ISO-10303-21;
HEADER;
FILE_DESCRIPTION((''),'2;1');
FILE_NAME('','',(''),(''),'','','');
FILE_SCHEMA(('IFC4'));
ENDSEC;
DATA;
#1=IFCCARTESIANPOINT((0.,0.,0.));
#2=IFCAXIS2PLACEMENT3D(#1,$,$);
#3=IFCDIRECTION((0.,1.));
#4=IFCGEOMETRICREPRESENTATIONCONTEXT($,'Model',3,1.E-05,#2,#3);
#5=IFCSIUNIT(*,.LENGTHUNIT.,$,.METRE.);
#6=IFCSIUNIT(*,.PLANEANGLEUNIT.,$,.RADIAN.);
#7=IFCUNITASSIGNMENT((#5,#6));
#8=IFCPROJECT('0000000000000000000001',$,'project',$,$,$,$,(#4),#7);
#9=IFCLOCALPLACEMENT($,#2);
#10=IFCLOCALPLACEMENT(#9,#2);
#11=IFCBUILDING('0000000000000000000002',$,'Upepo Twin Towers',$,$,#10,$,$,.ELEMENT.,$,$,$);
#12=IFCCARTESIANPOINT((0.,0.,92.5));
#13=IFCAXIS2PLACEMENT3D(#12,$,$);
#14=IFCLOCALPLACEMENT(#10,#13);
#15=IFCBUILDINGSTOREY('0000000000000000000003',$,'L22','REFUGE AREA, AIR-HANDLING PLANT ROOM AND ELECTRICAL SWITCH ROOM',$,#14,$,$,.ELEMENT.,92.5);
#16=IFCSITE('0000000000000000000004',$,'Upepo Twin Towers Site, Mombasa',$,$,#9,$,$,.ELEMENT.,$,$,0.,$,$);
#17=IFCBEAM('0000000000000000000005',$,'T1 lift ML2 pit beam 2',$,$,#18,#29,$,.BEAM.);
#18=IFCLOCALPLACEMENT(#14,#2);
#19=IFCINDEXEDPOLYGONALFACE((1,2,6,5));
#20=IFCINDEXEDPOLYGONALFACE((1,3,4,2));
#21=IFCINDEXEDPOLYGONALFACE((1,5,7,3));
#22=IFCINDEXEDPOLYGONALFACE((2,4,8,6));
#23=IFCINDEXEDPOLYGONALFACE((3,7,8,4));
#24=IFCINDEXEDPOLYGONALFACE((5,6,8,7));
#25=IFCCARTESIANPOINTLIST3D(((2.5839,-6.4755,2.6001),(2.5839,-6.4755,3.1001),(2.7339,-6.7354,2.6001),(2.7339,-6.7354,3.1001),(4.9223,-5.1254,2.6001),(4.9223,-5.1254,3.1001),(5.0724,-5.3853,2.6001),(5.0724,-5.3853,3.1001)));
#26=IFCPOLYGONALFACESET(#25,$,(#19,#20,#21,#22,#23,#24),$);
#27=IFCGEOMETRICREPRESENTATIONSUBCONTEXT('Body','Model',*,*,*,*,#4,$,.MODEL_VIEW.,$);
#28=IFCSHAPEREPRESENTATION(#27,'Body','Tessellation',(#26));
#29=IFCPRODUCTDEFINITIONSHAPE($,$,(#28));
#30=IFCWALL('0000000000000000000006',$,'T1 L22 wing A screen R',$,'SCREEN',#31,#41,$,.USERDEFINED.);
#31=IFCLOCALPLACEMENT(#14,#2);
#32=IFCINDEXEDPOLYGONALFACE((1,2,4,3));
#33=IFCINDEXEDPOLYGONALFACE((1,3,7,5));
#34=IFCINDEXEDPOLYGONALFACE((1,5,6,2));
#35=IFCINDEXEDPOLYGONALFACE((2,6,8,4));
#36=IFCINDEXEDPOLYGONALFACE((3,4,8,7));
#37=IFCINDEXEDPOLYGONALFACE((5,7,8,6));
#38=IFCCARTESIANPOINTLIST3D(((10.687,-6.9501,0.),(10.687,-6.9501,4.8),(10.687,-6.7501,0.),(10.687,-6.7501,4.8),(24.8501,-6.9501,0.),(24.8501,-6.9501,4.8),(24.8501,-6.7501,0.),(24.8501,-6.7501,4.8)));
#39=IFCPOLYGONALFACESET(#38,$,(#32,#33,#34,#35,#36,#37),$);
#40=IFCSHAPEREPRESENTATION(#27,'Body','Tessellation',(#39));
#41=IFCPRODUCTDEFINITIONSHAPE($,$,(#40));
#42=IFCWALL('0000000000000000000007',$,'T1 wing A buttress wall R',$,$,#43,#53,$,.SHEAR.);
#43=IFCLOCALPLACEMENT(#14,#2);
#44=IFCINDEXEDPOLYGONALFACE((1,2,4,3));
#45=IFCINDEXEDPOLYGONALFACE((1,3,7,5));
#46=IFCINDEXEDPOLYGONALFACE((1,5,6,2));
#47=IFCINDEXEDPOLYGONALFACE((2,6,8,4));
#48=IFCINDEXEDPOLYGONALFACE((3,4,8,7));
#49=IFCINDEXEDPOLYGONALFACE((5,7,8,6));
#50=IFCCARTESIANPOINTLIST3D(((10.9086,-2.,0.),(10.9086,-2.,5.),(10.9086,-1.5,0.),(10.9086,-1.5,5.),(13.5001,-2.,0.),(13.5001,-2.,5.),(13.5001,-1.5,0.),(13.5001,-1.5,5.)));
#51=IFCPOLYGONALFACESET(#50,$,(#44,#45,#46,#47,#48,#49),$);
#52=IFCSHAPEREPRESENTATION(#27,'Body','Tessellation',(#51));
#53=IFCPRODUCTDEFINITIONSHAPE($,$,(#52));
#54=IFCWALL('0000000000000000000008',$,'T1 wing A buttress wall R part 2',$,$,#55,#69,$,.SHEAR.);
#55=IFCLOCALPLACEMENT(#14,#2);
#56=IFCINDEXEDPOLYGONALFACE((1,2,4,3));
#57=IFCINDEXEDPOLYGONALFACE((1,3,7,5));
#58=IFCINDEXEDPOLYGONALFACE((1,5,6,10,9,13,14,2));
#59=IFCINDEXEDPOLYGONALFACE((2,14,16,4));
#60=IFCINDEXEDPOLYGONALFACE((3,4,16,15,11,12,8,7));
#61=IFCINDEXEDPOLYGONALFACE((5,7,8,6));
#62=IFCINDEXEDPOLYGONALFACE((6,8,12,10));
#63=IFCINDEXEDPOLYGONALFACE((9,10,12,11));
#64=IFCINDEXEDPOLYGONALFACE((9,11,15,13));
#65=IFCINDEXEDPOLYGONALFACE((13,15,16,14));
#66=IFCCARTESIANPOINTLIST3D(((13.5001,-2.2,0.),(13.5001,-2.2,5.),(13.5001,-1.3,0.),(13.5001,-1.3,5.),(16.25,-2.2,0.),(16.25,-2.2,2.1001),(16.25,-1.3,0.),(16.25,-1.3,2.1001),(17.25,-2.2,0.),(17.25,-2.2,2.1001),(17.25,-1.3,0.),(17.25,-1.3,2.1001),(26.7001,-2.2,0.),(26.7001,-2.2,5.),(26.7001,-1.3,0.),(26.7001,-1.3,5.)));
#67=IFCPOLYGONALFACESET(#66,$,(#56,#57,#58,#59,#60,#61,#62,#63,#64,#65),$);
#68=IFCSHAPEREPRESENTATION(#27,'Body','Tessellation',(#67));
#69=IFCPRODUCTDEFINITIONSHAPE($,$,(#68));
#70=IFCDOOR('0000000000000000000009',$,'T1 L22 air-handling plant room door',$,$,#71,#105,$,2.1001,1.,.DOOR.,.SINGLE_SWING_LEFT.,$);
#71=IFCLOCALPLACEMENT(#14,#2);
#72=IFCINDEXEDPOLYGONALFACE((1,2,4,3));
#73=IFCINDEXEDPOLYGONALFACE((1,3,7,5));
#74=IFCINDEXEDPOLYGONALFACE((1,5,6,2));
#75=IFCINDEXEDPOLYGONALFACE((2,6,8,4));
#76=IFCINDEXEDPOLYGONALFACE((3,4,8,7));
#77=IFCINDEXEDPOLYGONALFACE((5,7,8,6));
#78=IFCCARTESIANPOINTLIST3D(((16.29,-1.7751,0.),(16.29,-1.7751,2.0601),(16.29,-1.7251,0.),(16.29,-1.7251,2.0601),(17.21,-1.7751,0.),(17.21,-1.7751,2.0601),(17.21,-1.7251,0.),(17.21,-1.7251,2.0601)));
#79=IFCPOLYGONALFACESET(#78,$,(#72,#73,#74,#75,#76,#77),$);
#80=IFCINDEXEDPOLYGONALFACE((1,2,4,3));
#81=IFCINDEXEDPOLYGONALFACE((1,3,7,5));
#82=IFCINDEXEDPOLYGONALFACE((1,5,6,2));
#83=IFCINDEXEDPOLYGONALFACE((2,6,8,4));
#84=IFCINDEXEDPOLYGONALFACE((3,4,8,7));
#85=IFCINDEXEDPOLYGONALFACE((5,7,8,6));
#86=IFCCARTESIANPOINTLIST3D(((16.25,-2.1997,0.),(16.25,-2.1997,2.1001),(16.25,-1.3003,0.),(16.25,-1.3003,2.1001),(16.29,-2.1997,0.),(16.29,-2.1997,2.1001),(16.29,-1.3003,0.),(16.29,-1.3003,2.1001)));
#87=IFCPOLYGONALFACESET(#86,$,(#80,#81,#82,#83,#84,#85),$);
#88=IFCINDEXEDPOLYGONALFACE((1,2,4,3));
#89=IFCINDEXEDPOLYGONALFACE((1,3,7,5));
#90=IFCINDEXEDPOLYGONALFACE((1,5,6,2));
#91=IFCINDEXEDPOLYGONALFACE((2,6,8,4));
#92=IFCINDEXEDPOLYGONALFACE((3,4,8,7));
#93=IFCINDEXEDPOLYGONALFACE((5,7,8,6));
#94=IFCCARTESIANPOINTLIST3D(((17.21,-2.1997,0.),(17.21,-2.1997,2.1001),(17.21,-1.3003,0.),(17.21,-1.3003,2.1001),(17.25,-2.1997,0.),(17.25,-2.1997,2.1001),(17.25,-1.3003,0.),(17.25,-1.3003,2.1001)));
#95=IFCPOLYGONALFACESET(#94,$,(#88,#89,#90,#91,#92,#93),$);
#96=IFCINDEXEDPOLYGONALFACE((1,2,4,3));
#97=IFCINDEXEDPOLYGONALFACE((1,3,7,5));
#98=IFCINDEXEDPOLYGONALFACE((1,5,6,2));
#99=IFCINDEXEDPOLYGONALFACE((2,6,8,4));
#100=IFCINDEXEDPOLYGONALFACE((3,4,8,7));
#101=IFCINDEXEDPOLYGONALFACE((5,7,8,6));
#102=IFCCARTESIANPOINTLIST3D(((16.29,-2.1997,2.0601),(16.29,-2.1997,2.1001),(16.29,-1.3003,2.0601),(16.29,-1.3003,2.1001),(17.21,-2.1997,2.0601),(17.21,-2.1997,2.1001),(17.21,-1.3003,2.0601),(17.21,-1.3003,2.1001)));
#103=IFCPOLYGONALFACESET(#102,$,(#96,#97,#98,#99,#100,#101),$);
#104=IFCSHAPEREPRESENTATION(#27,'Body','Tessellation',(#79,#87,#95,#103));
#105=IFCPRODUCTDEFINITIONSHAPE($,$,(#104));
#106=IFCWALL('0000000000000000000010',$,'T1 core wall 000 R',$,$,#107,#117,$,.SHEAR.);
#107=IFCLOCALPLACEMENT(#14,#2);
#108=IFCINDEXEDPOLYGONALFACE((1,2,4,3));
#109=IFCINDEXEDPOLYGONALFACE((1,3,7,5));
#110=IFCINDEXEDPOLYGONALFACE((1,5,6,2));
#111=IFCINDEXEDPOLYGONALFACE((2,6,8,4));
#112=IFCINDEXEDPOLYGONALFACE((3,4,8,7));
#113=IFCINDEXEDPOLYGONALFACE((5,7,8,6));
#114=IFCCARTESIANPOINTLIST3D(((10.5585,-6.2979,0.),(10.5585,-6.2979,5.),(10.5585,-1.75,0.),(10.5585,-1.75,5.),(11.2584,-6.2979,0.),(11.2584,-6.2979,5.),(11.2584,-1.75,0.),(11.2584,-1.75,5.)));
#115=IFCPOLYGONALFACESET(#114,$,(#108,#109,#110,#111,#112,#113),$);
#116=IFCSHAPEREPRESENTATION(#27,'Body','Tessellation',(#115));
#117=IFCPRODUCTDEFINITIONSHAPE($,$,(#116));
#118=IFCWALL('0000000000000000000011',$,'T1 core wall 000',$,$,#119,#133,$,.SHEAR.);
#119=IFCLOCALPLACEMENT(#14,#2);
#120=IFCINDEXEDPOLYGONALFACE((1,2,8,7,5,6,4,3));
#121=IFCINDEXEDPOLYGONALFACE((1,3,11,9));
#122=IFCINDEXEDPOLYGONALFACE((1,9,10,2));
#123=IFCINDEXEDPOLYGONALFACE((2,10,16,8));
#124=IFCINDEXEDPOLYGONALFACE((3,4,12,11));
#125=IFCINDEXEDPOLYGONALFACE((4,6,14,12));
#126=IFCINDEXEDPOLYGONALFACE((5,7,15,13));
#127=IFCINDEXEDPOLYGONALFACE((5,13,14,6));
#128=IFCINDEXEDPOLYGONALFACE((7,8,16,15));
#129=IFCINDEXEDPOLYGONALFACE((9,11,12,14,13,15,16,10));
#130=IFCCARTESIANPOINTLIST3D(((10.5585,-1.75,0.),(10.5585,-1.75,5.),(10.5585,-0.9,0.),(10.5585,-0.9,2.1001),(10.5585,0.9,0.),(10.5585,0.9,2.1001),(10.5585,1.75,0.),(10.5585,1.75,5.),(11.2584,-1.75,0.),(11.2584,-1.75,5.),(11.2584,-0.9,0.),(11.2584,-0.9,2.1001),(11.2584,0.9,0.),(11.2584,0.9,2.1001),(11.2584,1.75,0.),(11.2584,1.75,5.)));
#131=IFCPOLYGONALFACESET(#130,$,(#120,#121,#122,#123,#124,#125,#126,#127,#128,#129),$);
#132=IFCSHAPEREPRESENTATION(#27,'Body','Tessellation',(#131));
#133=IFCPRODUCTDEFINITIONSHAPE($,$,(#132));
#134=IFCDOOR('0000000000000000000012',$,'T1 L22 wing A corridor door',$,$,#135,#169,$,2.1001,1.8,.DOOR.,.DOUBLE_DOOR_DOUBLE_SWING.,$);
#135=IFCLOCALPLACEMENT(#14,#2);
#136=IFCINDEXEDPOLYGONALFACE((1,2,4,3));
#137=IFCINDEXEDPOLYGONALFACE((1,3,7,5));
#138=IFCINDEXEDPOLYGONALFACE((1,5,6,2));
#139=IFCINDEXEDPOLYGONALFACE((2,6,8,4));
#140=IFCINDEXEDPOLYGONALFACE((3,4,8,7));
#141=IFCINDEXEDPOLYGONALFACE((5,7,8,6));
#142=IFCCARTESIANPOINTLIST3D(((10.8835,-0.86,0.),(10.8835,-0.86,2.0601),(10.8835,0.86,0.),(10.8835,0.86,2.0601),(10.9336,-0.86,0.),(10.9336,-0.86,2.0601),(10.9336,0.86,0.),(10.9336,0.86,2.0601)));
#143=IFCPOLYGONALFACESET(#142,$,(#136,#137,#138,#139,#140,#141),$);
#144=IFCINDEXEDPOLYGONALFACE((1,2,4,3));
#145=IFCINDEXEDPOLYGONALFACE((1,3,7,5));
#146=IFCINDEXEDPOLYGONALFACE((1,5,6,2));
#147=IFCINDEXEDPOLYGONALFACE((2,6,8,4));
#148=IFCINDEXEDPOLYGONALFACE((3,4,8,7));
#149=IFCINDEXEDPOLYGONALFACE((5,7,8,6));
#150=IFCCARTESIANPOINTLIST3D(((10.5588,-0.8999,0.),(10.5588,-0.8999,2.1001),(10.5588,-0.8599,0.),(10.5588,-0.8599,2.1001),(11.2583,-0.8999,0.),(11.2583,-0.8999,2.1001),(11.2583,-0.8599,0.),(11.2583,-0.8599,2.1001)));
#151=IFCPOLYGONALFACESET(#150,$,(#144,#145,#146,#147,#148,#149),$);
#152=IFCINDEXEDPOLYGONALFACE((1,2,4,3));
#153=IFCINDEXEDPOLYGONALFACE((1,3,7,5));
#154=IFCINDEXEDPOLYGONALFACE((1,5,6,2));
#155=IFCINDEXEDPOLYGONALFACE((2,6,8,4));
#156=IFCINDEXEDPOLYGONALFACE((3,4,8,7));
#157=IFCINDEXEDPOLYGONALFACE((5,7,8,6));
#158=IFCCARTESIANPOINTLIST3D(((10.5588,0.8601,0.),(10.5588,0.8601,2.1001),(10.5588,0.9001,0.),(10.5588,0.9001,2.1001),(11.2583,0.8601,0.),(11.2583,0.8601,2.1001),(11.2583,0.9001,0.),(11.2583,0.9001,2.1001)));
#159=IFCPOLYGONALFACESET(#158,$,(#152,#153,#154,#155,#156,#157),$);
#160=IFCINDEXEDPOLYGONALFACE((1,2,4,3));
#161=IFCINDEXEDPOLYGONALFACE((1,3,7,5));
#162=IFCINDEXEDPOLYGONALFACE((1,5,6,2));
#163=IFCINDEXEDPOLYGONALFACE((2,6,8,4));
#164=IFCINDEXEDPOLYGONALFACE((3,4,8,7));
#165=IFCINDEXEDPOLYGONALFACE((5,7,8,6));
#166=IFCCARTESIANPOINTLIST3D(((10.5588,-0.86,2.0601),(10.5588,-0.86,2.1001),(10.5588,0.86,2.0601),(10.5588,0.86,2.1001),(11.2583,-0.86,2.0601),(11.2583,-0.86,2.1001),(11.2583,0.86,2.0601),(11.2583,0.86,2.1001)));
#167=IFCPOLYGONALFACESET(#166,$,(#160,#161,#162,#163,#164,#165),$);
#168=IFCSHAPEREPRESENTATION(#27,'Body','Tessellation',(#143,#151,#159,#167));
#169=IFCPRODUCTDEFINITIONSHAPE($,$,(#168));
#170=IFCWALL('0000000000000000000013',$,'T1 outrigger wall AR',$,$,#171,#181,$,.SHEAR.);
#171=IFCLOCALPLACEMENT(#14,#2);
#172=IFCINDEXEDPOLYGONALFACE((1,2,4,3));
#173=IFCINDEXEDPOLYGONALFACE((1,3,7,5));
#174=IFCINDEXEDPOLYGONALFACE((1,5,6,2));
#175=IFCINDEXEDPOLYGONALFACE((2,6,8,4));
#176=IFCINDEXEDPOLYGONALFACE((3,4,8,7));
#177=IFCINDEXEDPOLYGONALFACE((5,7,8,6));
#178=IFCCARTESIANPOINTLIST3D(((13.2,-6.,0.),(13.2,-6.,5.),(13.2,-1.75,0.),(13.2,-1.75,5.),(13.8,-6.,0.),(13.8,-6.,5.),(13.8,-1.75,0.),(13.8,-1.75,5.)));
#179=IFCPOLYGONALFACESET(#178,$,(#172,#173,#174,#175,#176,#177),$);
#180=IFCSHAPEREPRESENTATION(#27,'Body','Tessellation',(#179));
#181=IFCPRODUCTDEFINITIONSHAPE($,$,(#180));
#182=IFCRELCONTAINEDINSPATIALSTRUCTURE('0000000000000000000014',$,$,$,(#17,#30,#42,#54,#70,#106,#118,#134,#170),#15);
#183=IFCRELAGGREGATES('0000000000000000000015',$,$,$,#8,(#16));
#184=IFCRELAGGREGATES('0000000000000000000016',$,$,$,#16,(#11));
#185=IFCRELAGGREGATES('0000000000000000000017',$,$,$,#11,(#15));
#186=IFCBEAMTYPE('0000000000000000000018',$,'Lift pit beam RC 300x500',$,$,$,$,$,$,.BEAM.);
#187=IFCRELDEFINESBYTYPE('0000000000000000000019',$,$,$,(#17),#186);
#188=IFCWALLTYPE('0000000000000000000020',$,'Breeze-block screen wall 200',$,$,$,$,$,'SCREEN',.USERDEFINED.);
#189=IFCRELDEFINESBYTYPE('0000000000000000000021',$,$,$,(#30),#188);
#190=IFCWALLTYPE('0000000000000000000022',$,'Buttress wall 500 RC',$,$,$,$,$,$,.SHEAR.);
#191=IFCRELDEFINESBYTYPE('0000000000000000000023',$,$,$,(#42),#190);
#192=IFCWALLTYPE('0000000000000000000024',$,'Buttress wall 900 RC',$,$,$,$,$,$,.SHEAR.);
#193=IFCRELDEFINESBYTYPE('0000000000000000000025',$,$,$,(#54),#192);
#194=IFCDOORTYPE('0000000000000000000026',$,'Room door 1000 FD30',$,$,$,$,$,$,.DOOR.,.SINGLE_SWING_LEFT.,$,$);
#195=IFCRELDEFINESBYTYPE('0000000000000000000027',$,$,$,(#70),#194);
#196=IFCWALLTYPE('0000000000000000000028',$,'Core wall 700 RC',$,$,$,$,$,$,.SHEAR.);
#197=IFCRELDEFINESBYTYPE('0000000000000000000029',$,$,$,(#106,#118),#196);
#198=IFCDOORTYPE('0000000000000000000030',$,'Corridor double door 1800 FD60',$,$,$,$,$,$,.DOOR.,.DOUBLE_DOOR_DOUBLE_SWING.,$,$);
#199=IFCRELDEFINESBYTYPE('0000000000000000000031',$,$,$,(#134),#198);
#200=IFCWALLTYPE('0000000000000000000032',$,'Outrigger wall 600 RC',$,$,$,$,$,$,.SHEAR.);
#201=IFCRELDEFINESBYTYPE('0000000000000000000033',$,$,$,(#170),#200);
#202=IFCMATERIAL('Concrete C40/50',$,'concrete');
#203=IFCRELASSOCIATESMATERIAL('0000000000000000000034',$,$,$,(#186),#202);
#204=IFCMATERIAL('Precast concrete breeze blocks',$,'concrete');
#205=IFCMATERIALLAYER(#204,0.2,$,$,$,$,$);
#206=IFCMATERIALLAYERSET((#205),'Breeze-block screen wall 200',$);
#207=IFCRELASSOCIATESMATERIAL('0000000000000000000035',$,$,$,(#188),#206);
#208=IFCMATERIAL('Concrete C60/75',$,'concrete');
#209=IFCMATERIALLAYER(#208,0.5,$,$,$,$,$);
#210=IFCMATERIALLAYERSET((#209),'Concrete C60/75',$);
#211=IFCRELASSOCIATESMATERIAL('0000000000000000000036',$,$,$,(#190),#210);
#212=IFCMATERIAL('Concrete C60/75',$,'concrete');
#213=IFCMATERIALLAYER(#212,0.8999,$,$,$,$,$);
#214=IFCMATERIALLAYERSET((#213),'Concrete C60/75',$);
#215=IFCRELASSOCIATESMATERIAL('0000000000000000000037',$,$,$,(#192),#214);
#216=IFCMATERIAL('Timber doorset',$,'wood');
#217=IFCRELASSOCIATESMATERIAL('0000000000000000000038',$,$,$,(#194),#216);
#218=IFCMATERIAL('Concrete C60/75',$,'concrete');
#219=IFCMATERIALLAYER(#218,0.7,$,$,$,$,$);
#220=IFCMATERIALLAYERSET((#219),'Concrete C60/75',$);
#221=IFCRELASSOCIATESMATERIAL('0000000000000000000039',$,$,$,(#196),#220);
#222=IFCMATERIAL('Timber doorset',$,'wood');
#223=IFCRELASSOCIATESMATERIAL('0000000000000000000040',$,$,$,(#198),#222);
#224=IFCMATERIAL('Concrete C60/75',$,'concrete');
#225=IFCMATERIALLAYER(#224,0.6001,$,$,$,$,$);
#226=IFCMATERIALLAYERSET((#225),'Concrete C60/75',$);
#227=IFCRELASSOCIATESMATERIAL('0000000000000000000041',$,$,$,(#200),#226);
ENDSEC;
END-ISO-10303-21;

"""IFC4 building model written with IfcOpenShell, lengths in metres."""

from ifc_helpers import new_model, si_unit, direction, frame, frame_2d, origin, origin_2d, place, context, subcontext, project, spatial, rectangle, extrude, material, layer, layer_set, material_profile, profile_set, type_object, element, fill, save


model = new_model("IFC4")

# Units and contexts
model_context = context("Model", 3, precision=1e-05, world=origin(), true_north=direction((0.0, 1.0)))
body_context = subcontext(model_context, "Body", "Model", "MODEL_VIEW")
ifc_project = project(units=[si_unit("LENGTHUNIT", "METRE"), si_unit("PLANEANGLEUNIT", "RADIAN")], contexts=[model_context])

# Site, building, storey
site_placement = place(None, origin())
site = spatial("IfcSite", under=ifc_project, at=site_placement, Name="Upepo Twin Towers Site, Mombasa", CompositionType="ELEMENT", RefElevation=0.0)
building_placement = place(site_placement, origin())
building = spatial("IfcBuilding", under=site, at=building_placement, Name="Upepo Twin Towers", CompositionType="ELEMENT")
storey_placement = place(building_placement, frame((0.0, 0.0, 92.5)))
storey = spatial("IfcBuildingStorey", under=building, at=storey_placement, Name="L22", Description="REFUGE AREA, AIR-HANDLING PLANT ROOM AND ELECTRICAL SWITCH ROOM", CompositionType="ELEMENT", Elevation=92.5)

# Beam
ifc_material_1 = material(Name="Concrete C40/50", Category="concrete")
ifc_material_profile_1 = material_profile(ifc_material_1, rectangle(XDim=0.3, YDim=0.5, at=origin_2d()), Name="RC 300x500")
ifc_profile_set_1 = profile_set([ifc_material_profile_1], Name="Concrete C40/50")
beam_type_1 = type_object("IfcBeamType", Name="Lift pit beam RC 300x500", PredefinedType="BEAM", material=ifc_profile_set_1)
beam_1_placement = place(storey_placement, frame((2.6589, -6.6055, 2.8501), z_axis=(0.86602, 0.500009, 0.0), x_axis=(-0.500009, 0.86602, 0.0)))
element("IfcBeam", 1, at=beam_1_placement, inside=storey, type_object=beam_type_1, Name="T1 lift ML2 pit beam 2", PredefinedType="BEAM", context=body_context, shape_type="SweptSolid", body=[
    extrude(rectangle(XDim=0.3, YDim=0.5, at=origin_2d()), origin(), (0.0, 0.0, 1.0), 2.7002),
])

# Walls
ifc_material_2 = material(Name="Precast concrete breeze blocks", Category="concrete")
ifc_layer_1 = layer(ifc_material_2, 0.2)
ifc_layer_set_1 = layer_set([ifc_layer_1], Name="Breeze-block screen wall 200")
wall_type_1 = type_object("IfcWallType", Name="Breeze-block screen wall 200", ElementType="SCREEN", PredefinedType="USERDEFINED", material=ifc_layer_set_1)
wall_1_placement = place(storey_placement, frame((24.8501, -6.8501, 0.0), z_axis=(0.0, 0.0, 1.0), x_axis=(-1.0, 0.0, 0.0)))
element("IfcWall", 2, at=wall_1_placement, inside=storey, type_object=wall_type_1, Name="T1 L22 wing A screen R", ObjectType="SCREEN", PredefinedType="USERDEFINED", context=body_context, shape_type="SweptSolid", body=[
    extrude(rectangle(XDim=14.1631, YDim=0.2, at=frame_2d((7.0815, 0.0))), origin(), (0.0, 0.0, 1.0), 4.8),
])
ifc_material_3 = material(Name="Concrete C60/75", Category="concrete")
ifc_layer_2 = layer(ifc_material_3, 0.5)
ifc_layer_set_2 = layer_set([ifc_layer_2], Name="Concrete C60/75")
wall_type_2 = type_object("IfcWallType", Name="Buttress wall 500 RC", PredefinedType="SHEAR", material=ifc_layer_set_2)
wall_2_placement = place(storey_placement, frame((10.9084, -1.75, 0.0), z_axis=(0.0, 0.0, 1.0), x_axis=(1.0, 0.0, 0.0)))
element("IfcWall", 3, at=wall_2_placement, inside=storey, type_object=wall_type_2, Name="T1 wing A buttress wall R", PredefinedType="SHEAR", context=body_context, shape_type="SweptSolid", body=[
    extrude(rectangle(XDim=2.5916, YDim=0.5, at=frame_2d((1.2959, 0.0))), origin(), (0.0, 0.0, 1.0), 5.0),
])

# Wall, opening, door
ifc_material_4 = material(Name="Concrete C60/75", Category="concrete")
ifc_layer_3 = layer(ifc_material_4, 0.8999)
ifc_layer_set_3 = layer_set([ifc_layer_3], Name="Concrete C60/75")
wall_type_3 = type_object("IfcWallType", Name="Buttress wall 900 RC", PredefinedType="SHEAR", material=ifc_layer_set_3)
wall_3_placement = place(storey_placement, frame((13.5, -1.75, 0.0), z_axis=(0.0, 0.0, 1.0), x_axis=(1.0, 0.0, 0.0)))
wall_3 = element("IfcWall", 4, at=wall_3_placement, inside=storey, type_object=wall_type_3, Name="T1 wing A buttress wall R part 2", PredefinedType="SHEAR", context=body_context, shape_type="SweptSolid", body=[
    extrude(rectangle(XDim=13.2, YDim=0.8999, at=frame_2d((6.6001, 0.0))), origin(), (0.0, 0.0, 1.0), 5.0),
])
opening_1_placement = place(wall_3_placement, frame((2.75, 0.0, 0.0)))
opening_1 = element("IfcOpeningElement", 5, at=opening_1_placement, cuts=wall_3, PredefinedType="OPENING", context=body_context, shape_type="SweptSolid", body=[
    extrude(rectangle(XDim=1.0, YDim=2.1001, at=frame_2d((0.5, 1.05))), frame((0.0, 0.46, 0.0), z_axis=(0.0, -1.0, 0.0), x_axis=(1.0, 0.0, 0.0)), (0.0, 0.0, 1.0), 0.9199),
])
ifc_material_5 = material(Name="Timber doorset", Category="wood")
door_type_1 = type_object("IfcDoorType", Name="Room door 1000 FD30", OperationType="SINGLE_SWING_LEFT", PredefinedType="DOOR", material=ifc_material_5)
door_1_placement = place(opening_1_placement, origin())
door_1 = element("IfcDoor", 6, at=door_1_placement, inside=storey, type_object=door_type_1, Name="T1 L22 air-handling plant room door", OperationType="SINGLE_SWING_LEFT", OverallHeight=2.1001, OverallWidth=1.0, PredefinedType="DOOR", context=body_context, shape_type="SweptSolid", body=[
    extrude(rectangle(XDim=0.92, YDim=2.0601, at=frame_2d((0.5, 1.03))), frame((0.0, 0.0249, 0.0), z_axis=(0.0, -1.0, 0.0), x_axis=(1.0, 0.0, 0.0)), (0.0, 0.0, 1.0), 0.05),
    extrude(rectangle(XDim=0.04, YDim=2.1001, at=frame_2d((0.02, 1.05))), frame((0.0, 0.4497, 0.0), z_axis=(0.0, -1.0, 0.0), x_axis=(1.0, 0.0, 0.0)), (0.0, 0.0, 1.0), 0.8994),
    extrude(rectangle(XDim=0.04, YDim=2.1001, at=frame_2d((0.98, 1.05))), frame((0.0, 0.4497, 0.0), z_axis=(0.0, -1.0, 0.0), x_axis=(1.0, 0.0, 0.0)), (0.0, 0.0, 1.0), 0.8994),
    extrude(rectangle(XDim=0.92, YDim=0.04, at=frame_2d((0.5, 2.0801))), frame((0.0, 0.4497, 0.0), z_axis=(0.0, -1.0, 0.0), x_axis=(1.0, 0.0, 0.0)), (0.0, 0.0, 1.0), 0.8994),
])
fill(opening_1, door_1)

# Wall
ifc_material_6 = material(Name="Concrete C60/75", Category="concrete")
ifc_layer_4 = layer(ifc_material_6, 0.7)
ifc_layer_set_4 = layer_set([ifc_layer_4], Name="Concrete C60/75")
wall_type_4 = type_object("IfcWallType", Name="Core wall 700 RC", PredefinedType="SHEAR", material=ifc_layer_set_4)
wall_4_placement = place(storey_placement, frame((10.9084, -6.2979, 0.0), z_axis=(0.0, 0.0, 1.0), x_axis=(0.0, 1.0, 0.0)))
element("IfcWall", 7, at=wall_4_placement, inside=storey, type_object=wall_type_4, Name="T1 core wall 000 R", PredefinedType="SHEAR", context=body_context, shape_type="SweptSolid", body=[
    extrude(rectangle(XDim=4.5479, YDim=0.7, at=frame_2d((2.2739, 0.0))), origin(), (0.0, 0.0, 1.0), 5.0),
])

# Wall, opening, door
wall_5_placement = place(storey_placement, frame((10.9084, -1.75, 0.0), z_axis=(0.0, 0.0, 1.0), x_axis=(0.0, 1.0, 0.0)))
wall_5 = element("IfcWall", 8, at=wall_5_placement, inside=storey, type_object=wall_type_4, Name="T1 core wall 000", PredefinedType="SHEAR", context=body_context, shape_type="SweptSolid", body=[
    extrude(rectangle(XDim=3.5, YDim=0.7, at=frame_2d((1.75, 0.0))), origin(), (0.0, 0.0, 1.0), 5.0),
])
opening_2_placement = place(wall_5_placement, frame((0.8501, 0.0, 0.0)))
opening_2 = element("IfcOpeningElement", 9, at=opening_2_placement, cuts=wall_5, PredefinedType="OPENING", context=body_context, shape_type="SweptSolid", body=[
    extrude(rectangle(XDim=1.8, YDim=2.1001, at=frame_2d((0.8999, 1.05))), frame((0.0, 0.3599, 0.0), z_axis=(0.0, -1.0, 0.0), x_axis=(1.0, 0.0, 0.0)), (0.0, 0.0, 1.0), 0.72),
])
ifc_material_7 = material(Name="Timber doorset", Category="wood")
door_type_2 = type_object("IfcDoorType", Name="Corridor double door 1800 FD60", OperationType="DOUBLE_DOOR_DOUBLE_SWING", PredefinedType="DOOR", material=ifc_material_7)
door_2_placement = place(opening_2_placement, origin())
door_2 = element("IfcDoor", 10, at=door_2_placement, inside=storey, type_object=door_type_2, Name="T1 L22 wing A corridor door", OperationType="DOUBLE_DOOR_DOUBLE_SWING", OverallHeight=2.1001, OverallWidth=1.8, PredefinedType="DOOR", context=body_context, shape_type="SweptSolid", body=[
    extrude(rectangle(XDim=1.72, YDim=2.0601, at=frame_2d((0.8999, 1.03))), frame((0.0, 0.0249, 0.0), z_axis=(0.0, -1.0, 0.0), x_axis=(1.0, 0.0, 0.0)), (0.0, 0.0, 1.0), 0.05),
    extrude(rectangle(XDim=0.04, YDim=2.1001, at=frame_2d((0.02, 1.05))), frame((0.0, 0.3496, 0.0), z_axis=(0.0, -1.0, 0.0), x_axis=(1.0, 0.0, 0.0)), (0.0, 0.0, 1.0), 0.6995),
    extrude(rectangle(XDim=0.04, YDim=2.1001, at=frame_2d((1.78, 1.05))), frame((0.0, 0.3496, 0.0), z_axis=(0.0, -1.0, 0.0), x_axis=(1.0, 0.0, 0.0)), (0.0, 0.0, 1.0), 0.6995),
    extrude(rectangle(XDim=1.72, YDim=0.04, at=frame_2d((0.8999, 2.0801))), frame((0.0, 0.3496, 0.0), z_axis=(0.0, -1.0, 0.0), x_axis=(1.0, 0.0, 0.0)), (0.0, 0.0, 1.0), 0.6995),
])
fill(opening_2, door_2)

# Wall
ifc_material_8 = material(Name="Concrete C60/75", Category="concrete")
ifc_layer_5 = layer(ifc_material_8, 0.6001)
ifc_layer_set_5 = layer_set([ifc_layer_5], Name="Concrete C60/75")
wall_type_5 = type_object("IfcWallType", Name="Outrigger wall 600 RC", PredefinedType="SHEAR", material=ifc_layer_set_5)
wall_6_placement = place(storey_placement, frame((13.5, -1.75, 0.0), z_axis=(0.0, 0.0, 1.0), x_axis=(0.0, -1.0, 0.0)))
element("IfcWall", 11, at=wall_6_placement, inside=storey, type_object=wall_type_5, Name="T1 outrigger wall AR", PredefinedType="SHEAR", context=body_context, shape_type="SweptSolid", body=[
    extrude(rectangle(XDim=4.25, YDim=0.6001, at=frame_2d((2.125, 0.0))), origin(), (0.0, 0.0, 1.0), 5.0),
])

save(model, "model.ifc")
